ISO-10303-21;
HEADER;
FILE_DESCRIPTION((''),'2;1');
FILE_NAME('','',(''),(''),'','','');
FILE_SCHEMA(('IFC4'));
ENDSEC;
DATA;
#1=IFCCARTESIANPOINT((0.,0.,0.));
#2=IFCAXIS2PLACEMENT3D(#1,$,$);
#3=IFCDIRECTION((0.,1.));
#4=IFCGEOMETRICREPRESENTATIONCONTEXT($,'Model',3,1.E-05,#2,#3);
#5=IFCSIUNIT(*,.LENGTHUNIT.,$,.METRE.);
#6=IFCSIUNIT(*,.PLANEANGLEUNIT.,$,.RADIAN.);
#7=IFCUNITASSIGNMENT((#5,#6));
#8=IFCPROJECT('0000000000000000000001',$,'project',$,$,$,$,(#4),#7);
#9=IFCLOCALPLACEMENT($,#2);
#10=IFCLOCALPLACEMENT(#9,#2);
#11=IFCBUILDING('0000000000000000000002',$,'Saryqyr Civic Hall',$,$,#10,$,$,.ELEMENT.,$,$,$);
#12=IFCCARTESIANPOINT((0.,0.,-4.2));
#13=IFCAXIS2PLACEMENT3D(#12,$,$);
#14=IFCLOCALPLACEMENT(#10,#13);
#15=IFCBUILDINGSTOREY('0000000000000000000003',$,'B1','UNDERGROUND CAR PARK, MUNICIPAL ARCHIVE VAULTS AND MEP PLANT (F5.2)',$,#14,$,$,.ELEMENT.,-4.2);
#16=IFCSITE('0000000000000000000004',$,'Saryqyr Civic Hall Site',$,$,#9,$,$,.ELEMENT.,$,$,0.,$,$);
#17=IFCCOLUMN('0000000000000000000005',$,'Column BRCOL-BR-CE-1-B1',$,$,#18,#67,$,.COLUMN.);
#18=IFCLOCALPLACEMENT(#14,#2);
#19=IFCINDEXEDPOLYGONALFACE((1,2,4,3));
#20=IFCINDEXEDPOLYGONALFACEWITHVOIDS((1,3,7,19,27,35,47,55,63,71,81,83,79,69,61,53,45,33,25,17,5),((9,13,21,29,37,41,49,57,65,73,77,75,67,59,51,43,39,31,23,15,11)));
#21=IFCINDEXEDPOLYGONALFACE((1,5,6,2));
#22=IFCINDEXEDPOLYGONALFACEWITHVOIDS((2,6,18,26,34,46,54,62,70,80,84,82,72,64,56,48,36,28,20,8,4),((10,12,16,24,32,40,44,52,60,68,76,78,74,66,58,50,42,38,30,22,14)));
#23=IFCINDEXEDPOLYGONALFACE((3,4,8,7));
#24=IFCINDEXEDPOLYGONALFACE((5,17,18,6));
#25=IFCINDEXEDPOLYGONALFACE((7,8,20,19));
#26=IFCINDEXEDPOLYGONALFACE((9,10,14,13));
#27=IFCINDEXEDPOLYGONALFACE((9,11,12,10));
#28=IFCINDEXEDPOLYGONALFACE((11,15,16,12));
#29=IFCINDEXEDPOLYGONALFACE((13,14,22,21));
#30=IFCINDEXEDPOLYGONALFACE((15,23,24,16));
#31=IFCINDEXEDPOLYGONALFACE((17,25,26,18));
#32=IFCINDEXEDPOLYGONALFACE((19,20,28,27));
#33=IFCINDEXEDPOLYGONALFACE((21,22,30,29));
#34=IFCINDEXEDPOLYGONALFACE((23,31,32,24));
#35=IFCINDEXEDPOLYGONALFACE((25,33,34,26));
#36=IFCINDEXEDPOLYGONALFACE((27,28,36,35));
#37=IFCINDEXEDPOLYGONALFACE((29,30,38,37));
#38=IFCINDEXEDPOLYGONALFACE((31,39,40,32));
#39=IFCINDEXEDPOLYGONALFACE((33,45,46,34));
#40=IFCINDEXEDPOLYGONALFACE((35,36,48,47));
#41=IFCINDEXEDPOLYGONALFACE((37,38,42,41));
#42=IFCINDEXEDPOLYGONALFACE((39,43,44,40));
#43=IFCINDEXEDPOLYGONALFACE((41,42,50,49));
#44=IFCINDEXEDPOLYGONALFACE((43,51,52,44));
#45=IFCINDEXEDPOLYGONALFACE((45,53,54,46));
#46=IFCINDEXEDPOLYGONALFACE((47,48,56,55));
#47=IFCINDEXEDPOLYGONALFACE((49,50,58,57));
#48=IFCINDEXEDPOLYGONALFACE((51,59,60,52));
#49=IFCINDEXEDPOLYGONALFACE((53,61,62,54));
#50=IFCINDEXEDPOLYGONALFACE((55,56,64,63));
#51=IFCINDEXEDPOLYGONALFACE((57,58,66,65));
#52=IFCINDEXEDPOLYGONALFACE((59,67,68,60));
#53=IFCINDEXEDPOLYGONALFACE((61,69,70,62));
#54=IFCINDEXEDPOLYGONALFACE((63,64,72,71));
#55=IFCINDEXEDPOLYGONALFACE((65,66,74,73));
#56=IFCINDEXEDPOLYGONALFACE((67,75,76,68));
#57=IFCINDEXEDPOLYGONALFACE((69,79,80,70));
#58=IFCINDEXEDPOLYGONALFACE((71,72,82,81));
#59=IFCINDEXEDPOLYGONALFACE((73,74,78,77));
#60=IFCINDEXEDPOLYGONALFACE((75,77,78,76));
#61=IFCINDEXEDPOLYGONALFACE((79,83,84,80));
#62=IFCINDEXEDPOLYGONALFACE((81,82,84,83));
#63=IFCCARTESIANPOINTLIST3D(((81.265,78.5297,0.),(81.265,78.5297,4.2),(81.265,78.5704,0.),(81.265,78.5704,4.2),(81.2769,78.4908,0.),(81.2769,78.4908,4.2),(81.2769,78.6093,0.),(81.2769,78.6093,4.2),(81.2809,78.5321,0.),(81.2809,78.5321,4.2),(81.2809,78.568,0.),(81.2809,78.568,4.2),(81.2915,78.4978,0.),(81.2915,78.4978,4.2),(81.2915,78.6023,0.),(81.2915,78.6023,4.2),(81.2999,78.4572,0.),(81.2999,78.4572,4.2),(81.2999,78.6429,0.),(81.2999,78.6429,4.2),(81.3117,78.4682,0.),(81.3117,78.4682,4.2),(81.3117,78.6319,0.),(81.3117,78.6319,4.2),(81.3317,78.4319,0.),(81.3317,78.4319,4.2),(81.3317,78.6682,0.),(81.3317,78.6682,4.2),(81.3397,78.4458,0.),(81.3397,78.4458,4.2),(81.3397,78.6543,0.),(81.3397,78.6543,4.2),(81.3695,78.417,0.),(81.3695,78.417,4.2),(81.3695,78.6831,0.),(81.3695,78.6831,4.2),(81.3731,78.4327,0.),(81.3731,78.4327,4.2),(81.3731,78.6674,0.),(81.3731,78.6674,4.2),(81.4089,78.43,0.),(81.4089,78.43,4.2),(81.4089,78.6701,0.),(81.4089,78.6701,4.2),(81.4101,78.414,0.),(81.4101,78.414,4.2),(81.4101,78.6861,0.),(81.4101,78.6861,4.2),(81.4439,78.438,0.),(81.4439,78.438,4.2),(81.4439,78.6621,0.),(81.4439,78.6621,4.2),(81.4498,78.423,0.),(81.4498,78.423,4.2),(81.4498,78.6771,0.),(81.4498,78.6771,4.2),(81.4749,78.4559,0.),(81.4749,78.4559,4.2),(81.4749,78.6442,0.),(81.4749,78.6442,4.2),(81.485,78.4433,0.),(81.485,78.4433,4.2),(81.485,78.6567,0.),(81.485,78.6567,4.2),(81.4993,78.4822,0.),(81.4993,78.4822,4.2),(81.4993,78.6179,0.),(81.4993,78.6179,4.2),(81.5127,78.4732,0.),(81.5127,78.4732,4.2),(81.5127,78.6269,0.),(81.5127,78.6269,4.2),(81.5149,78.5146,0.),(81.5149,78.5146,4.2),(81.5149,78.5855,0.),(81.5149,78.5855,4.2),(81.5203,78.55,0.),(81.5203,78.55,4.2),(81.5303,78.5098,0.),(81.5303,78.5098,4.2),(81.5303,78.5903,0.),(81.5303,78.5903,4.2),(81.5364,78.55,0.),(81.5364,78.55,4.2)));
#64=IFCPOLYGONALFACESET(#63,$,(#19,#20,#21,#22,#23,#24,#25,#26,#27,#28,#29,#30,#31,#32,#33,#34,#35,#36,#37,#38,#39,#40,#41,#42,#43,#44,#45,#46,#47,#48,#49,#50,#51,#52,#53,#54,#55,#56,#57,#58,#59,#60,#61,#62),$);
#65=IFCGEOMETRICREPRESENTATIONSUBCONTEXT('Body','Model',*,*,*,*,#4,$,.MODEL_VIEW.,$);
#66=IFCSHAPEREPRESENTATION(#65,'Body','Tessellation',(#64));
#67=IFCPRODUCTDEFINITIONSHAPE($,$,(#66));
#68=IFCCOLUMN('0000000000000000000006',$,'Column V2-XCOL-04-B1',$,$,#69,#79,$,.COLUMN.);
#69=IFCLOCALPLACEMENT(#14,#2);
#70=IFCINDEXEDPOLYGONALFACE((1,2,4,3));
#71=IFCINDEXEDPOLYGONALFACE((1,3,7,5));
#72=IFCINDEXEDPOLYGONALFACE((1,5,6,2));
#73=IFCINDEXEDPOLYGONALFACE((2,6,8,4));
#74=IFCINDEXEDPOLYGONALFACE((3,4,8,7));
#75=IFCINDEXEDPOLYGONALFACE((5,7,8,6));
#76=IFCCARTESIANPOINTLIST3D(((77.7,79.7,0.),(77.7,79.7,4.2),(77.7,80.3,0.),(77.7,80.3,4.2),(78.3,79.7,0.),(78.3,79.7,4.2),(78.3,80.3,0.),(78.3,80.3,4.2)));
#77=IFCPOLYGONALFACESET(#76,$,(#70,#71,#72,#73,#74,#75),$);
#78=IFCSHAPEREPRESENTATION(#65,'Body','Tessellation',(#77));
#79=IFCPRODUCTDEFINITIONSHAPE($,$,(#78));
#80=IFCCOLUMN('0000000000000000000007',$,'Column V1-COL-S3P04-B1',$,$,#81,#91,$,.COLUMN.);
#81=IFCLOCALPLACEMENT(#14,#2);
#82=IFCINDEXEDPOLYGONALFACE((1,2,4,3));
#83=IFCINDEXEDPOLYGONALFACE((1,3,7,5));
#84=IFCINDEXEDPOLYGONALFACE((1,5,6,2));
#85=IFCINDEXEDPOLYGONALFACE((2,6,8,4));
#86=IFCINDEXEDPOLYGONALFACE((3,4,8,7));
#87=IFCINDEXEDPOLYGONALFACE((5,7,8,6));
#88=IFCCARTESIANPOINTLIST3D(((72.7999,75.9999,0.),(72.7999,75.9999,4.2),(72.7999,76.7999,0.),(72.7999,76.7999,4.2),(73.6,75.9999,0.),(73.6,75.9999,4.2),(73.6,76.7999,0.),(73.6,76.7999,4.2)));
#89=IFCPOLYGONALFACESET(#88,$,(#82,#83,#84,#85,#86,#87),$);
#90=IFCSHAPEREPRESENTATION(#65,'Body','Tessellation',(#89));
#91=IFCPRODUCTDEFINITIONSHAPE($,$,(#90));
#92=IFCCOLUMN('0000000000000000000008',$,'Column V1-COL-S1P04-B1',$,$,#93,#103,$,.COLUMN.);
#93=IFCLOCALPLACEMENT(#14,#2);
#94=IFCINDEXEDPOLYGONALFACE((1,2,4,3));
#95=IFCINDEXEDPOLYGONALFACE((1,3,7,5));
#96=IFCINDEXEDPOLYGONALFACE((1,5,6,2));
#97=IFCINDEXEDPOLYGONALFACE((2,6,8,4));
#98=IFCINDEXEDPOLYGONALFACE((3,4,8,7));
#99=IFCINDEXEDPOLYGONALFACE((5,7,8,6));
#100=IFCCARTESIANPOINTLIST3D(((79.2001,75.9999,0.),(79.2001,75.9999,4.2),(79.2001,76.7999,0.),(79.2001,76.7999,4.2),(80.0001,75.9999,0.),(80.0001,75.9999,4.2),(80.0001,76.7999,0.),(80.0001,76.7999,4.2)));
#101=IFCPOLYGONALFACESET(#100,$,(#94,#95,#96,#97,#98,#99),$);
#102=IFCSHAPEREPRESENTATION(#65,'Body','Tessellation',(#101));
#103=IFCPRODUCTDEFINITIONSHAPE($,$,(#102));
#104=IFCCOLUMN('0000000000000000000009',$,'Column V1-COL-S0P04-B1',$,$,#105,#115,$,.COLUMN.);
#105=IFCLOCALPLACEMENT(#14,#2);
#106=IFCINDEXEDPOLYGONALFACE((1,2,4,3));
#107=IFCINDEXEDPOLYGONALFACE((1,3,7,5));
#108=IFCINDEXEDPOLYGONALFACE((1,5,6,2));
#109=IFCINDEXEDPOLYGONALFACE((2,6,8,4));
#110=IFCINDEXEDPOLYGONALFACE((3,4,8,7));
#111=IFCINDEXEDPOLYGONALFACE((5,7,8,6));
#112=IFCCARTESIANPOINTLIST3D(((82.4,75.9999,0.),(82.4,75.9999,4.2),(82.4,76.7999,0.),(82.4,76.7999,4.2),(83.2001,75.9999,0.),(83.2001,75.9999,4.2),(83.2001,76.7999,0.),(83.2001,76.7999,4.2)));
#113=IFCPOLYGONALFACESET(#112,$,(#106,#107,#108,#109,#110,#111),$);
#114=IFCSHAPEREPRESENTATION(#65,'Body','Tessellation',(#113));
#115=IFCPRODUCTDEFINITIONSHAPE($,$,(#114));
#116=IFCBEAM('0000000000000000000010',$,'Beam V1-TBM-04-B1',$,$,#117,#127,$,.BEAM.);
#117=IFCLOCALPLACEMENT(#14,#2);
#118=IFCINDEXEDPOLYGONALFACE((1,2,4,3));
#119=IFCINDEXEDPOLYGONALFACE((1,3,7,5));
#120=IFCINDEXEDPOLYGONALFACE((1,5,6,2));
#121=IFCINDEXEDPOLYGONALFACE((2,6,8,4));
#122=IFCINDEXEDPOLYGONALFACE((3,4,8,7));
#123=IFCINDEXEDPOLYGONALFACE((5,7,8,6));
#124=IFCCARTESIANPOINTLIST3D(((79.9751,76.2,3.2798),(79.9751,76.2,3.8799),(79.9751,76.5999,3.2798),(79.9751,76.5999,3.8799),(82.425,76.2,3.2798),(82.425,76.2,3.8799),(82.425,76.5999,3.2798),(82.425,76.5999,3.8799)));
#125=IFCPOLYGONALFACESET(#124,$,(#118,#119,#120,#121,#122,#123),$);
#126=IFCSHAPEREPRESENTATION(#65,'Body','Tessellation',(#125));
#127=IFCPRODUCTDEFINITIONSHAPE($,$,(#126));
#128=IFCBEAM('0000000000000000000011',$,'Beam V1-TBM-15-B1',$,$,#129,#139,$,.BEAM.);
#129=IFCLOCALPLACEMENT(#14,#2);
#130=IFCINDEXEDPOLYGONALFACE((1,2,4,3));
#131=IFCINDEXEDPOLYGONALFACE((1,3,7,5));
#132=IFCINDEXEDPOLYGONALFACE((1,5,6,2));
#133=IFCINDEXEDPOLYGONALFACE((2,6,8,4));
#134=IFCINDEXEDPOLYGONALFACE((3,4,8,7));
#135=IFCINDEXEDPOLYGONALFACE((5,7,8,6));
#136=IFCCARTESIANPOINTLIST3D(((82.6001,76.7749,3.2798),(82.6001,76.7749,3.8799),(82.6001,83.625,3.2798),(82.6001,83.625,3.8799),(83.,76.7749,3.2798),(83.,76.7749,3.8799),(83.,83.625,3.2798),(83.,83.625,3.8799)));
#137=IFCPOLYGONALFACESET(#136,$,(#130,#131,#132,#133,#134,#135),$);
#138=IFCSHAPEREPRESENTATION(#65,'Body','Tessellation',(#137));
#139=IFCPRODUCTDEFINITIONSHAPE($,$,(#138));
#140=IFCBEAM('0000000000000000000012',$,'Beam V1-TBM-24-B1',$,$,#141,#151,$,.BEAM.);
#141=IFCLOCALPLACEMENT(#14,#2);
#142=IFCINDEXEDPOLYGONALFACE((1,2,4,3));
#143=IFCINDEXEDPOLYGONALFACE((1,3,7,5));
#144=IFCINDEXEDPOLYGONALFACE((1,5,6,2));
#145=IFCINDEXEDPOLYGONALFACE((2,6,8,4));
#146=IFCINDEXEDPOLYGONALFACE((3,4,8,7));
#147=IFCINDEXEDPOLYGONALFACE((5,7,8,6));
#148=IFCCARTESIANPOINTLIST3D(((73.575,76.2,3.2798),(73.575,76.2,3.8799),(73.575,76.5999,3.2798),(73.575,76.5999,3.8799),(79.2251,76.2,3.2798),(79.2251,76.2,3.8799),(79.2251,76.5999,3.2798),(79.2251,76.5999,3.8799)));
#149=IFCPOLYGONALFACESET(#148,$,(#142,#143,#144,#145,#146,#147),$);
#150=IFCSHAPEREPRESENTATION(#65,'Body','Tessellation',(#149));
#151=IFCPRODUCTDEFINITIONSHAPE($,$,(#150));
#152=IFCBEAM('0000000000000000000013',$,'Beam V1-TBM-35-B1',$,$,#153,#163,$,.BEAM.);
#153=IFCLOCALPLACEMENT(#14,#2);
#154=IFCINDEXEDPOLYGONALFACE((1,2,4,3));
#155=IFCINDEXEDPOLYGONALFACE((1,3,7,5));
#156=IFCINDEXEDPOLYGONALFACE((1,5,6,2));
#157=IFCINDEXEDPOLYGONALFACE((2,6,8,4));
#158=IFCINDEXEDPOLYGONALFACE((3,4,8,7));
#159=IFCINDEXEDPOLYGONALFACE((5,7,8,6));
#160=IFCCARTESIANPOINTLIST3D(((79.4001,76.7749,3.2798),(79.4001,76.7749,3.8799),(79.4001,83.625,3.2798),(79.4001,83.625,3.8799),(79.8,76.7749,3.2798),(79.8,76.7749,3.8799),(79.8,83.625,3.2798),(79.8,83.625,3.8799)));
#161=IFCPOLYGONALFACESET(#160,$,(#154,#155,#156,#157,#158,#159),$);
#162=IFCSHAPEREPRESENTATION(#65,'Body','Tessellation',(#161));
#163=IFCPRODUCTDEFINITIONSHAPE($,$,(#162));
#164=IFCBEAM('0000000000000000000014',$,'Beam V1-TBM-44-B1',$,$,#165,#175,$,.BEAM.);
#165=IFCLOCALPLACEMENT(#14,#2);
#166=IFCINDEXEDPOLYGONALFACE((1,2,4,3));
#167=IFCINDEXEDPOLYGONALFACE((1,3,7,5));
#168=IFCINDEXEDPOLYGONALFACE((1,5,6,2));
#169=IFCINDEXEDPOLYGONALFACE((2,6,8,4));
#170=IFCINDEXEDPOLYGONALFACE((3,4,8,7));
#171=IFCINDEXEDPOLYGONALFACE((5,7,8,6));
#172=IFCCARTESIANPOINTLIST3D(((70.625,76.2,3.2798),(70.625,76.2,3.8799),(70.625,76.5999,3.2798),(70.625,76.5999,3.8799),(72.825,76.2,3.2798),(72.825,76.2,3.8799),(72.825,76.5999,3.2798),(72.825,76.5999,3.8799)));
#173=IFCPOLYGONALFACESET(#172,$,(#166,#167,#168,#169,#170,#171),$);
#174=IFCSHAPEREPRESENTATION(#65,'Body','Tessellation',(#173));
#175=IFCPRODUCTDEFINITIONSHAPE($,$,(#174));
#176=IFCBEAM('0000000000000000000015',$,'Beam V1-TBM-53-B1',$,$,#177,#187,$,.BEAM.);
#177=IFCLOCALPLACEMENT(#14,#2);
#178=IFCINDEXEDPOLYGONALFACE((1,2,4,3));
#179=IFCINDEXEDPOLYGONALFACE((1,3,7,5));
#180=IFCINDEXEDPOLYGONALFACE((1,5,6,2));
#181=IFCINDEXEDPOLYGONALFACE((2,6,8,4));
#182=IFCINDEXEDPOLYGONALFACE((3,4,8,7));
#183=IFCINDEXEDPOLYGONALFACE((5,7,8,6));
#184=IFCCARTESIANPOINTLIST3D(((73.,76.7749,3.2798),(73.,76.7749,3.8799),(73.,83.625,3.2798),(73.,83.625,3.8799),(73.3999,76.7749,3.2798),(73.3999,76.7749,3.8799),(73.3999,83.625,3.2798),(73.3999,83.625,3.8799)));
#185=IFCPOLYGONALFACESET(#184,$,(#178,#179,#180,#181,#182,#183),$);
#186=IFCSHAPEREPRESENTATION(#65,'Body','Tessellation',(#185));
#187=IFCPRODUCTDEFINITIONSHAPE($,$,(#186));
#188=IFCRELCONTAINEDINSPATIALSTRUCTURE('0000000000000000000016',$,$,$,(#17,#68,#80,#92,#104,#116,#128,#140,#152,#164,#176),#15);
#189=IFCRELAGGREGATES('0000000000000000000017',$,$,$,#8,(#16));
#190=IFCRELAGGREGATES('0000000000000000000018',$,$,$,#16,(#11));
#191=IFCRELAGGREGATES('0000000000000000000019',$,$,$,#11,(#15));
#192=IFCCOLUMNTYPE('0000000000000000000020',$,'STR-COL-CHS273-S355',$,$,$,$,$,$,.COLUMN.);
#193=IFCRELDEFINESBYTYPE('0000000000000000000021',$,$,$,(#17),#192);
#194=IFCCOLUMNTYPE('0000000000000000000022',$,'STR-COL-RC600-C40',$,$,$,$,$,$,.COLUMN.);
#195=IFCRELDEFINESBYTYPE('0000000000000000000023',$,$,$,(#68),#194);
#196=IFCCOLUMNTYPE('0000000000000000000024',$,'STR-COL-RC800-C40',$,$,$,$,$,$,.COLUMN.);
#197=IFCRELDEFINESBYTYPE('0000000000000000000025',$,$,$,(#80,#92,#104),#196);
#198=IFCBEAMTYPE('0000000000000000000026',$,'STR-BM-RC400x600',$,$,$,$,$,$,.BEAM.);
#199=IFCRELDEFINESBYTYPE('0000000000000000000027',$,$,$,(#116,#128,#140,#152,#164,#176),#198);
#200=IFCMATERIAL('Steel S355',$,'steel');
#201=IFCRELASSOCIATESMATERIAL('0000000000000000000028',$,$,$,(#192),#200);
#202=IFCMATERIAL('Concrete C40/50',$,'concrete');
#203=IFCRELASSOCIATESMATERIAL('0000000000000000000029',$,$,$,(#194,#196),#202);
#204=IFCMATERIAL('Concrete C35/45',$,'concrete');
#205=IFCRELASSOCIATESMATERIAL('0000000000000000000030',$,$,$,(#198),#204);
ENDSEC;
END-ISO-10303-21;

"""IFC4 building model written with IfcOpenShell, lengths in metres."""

from ifc_helpers import new_model, si_unit, direction, frame, origin, origin_2d, place, context, subcontext, project, spatial, rectangle, hollow_circle, extrude, material, material_profile, profile_set, type_object, element, save


model = new_model("IFC4")

# Units and contexts
model_context = context("Model", 3, precision=1e-05, world=origin(), true_north=direction((0.0, 1.0)))
body_context = subcontext(model_context, "Body", "Model", "MODEL_VIEW")
ifc_project = project(units=[si_unit("LENGTHUNIT", "METRE"), si_unit("PLANEANGLEUNIT", "RADIAN")], contexts=[model_context])

# Site, building, storey
site_placement = place(None, origin())
site = spatial("IfcSite", under=ifc_project, at=site_placement, Name="Saryqyr Civic Hall Site", CompositionType="ELEMENT", RefElevation=0.0)
building_placement = place(site_placement, origin())
building = spatial("IfcBuilding", under=site, at=building_placement, Name="Saryqyr Civic Hall", CompositionType="ELEMENT")
storey_placement = place(building_placement, frame((0.0, 0.0, -4.2)))
storey = spatial("IfcBuildingStorey", under=building, at=storey_placement, Name="B1", Description="UNDERGROUND CAR PARK, MUNICIPAL ARCHIVE VAULTS AND MEP PLANT (F5.2)", CompositionType="ELEMENT", Elevation=-4.2)

# Shared definitions
ifc_material_1 = material(Name="Concrete C35/45", Category="concrete")

# Columns
ifc_material_2 = material(Name="Steel S355", Category="steel")
ifc_material_profile_1 = material_profile(ifc_material_2, hollow_circle(Radius=0.1365, WallThickness=0.0161, at=origin_2d()), Name="CHS 273x16")
ifc_profile_set_1 = profile_set([ifc_material_profile_1], Name="Steel S355")
column_type_1 = type_object("IfcColumnType", Name="STR-COL-CHS273-S355", PredefinedType="COLUMN", material=ifc_profile_set_1)
column_1_placement = place(storey_placement, frame((81.3999, 78.55, 0.0), z_axis=(0.0, 0.0, 1.0), x_axis=(1.0, 0.0, 0.0)))
element("IfcColumn", 1, at=column_1_placement, inside=storey, type_object=column_type_1, Name="Column BRCOL-BR-CE-1-B1", PredefinedType="COLUMN", context=body_context, shape_type="SweptSolid", body=[
    extrude(hollow_circle(Radius=0.1365, WallThickness=0.0161, at=origin_2d()), origin(), (0.0, 0.0, 1.0), 4.2),
])
ifc_material_3 = material(Name="Concrete C40/50", Category="concrete")
ifc_material_profile_2 = material_profile(ifc_material_3, rectangle(XDim=0.6001, YDim=0.6001, at=origin_2d()), Name="RC 600x600")
ifc_profile_set_2 = profile_set([ifc_material_profile_2], Name="Concrete C40/50")
column_type_2 = type_object("IfcColumnType", Name="STR-COL-RC600-C40", PredefinedType="COLUMN", material=ifc_profile_set_2)
column_2_placement = place(storey_placement, frame((78.0, 80.0, 0.0), z_axis=(0.0, 0.0, 1.0), x_axis=(1.0, 0.0, 0.0)))
element("IfcColumn", 2, at=column_2_placement, inside=storey, type_object=column_type_2, Name="Column V2-XCOL-04-B1", PredefinedType="COLUMN", context=body_context, shape_type="SweptSolid", body=[
    extrude(rectangle(XDim=0.6001, YDim=0.6001, at=origin_2d()), origin(), (0.0, 0.0, 1.0), 4.2),
])
ifc_material_profile_3 = material_profile(ifc_material_3, rectangle(XDim=0.8, YDim=0.8, at=origin_2d()), Name="RC 800x800")
ifc_profile_set_3 = profile_set([ifc_material_profile_3], Name="Concrete C40/50")
column_type_3 = type_object("IfcColumnType", Name="STR-COL-RC800-C40", PredefinedType="COLUMN", material=ifc_profile_set_3)
for number, where, z_axis, x_axis, name in (
    (3, (73.2, 76.3999, 0.0), (0.0, 0.0, 1.0), (1.0, 0.0, 0.0), "Column V1-COL-S3P04-B1"),
    (4, (79.6001, 76.3999, 0.0), (0.0, 0.0, 1.0), (1.0, 0.0, 0.0), "Column V1-COL-S1P04-B1"),
    (5, (82.8, 76.3999, 0.0), (0.0, 0.0, 1.0), (1.0, 0.0, 0.0), "Column V1-COL-S0P04-B1"),
):
    element("IfcColumn", number, at=place(storey_placement, frame(where, z_axis=z_axis, x_axis=x_axis)), inside=storey, type_object=column_type_3, Name=name, PredefinedType="COLUMN", context=body_context, shape_type="SweptSolid", body=[
        extrude(rectangle(XDim=0.8, YDim=0.8, at=origin_2d()), origin(), (0.0, 0.0, 1.0), 4.2),
    ])

# Beams
ifc_material_profile_4 = material_profile(ifc_material_1, rectangle(XDim=0.3999, YDim=0.6001, at=origin_2d()), Name="RC 400x600")
ifc_profile_set_4 = profile_set([ifc_material_profile_4], Name="Concrete C35/45")
beam_type_1 = type_object("IfcBeamType", Name="STR-BM-RC400x600", PredefinedType="BEAM", material=ifc_profile_set_4)
beam_1_placement = place(storey_placement, frame((79.9751, 76.3999, 3.5798), z_axis=(1.0, 0.0, 0.0), x_axis=(0.0, 1.0, 0.0)))
element("IfcBeam", 6, at=beam_1_placement, inside=storey, type_object=beam_type_1, Name="Beam V1-TBM-04-B1", PredefinedType="BEAM", context=body_context, shape_type="SweptSolid", body=[
    extrude(rectangle(XDim=0.3999, YDim=0.6001, at=origin_2d()), origin(), (0.0, 0.0, 1.0), 2.45),
])
beam_2_placement = place(storey_placement, frame((82.8, 76.7749, 3.5798), z_axis=(0.0, 1.0, 0.0), x_axis=(-1.0, 0.0, 0.0)))
element("IfcBeam", 7, at=beam_2_placement, inside=storey, type_object=beam_type_1, Name="Beam V1-TBM-15-B1", PredefinedType="BEAM", context=body_context, shape_type="SweptSolid", body=[
    extrude(rectangle(XDim=0.3999, YDim=0.6001, at=origin_2d()), origin(), (0.0, 0.0, 1.0), 6.8501),
])
beam_3_placement = place(storey_placement, frame((73.575, 76.3999, 3.5798), z_axis=(1.0, 0.0, 0.0), x_axis=(0.0, 1.0, 0.0)))
element("IfcBeam", 8, at=beam_3_placement, inside=storey, type_object=beam_type_1, Name="Beam V1-TBM-24-B1", PredefinedType="BEAM", context=body_context, shape_type="SweptSolid", body=[
    extrude(rectangle(XDim=0.3999, YDim=0.6001, at=origin_2d()), origin(), (0.0, 0.0, 1.0), 5.6501),
])
beam_4_placement = place(storey_placement, frame((79.6001, 76.7749, 3.5798), z_axis=(0.0, 1.0, 0.0), x_axis=(-1.0, 0.0, 0.0)))
element("IfcBeam", 9, at=beam_4_placement, inside=storey, type_object=beam_type_1, Name="Beam V1-TBM-35-B1", PredefinedType="BEAM", context=body_context, shape_type="SweptSolid", body=[
    extrude(rectangle(XDim=0.3999, YDim=0.6001, at=origin_2d()), origin(), (0.0, 0.0, 1.0), 6.8501),
])
beam_5_placement = place(storey_placement, frame((70.625, 76.3999, 3.5798), z_axis=(1.0, 0.0, 0.0), x_axis=(0.0, 1.0, 0.0)))
element("IfcBeam", 10, at=beam_5_placement, inside=storey, type_object=beam_type_1, Name="Beam V1-TBM-44-B1", PredefinedType="BEAM", context=body_context, shape_type="SweptSolid", body=[
    extrude(rectangle(XDim=0.3999, YDim=0.6001, at=origin_2d()), origin(), (0.0, 0.0, 1.0), 2.2),
])
beam_6_placement = place(storey_placement, frame((73.2, 76.7749, 3.5798), z_axis=(0.0, 1.0, 0.0), x_axis=(-1.0, 0.0, 0.0)))
element("IfcBeam", 11, at=beam_6_placement, inside=storey, type_object=beam_type_1, Name="Beam V1-TBM-53-B1", PredefinedType="BEAM", context=body_context, shape_type="SweptSolid", body=[
    extrude(rectangle(XDim=0.3999, YDim=0.6001, at=origin_2d()), origin(), (0.0, 0.0, 1.0), 6.8501),
])

save(model, "model.ifc")
